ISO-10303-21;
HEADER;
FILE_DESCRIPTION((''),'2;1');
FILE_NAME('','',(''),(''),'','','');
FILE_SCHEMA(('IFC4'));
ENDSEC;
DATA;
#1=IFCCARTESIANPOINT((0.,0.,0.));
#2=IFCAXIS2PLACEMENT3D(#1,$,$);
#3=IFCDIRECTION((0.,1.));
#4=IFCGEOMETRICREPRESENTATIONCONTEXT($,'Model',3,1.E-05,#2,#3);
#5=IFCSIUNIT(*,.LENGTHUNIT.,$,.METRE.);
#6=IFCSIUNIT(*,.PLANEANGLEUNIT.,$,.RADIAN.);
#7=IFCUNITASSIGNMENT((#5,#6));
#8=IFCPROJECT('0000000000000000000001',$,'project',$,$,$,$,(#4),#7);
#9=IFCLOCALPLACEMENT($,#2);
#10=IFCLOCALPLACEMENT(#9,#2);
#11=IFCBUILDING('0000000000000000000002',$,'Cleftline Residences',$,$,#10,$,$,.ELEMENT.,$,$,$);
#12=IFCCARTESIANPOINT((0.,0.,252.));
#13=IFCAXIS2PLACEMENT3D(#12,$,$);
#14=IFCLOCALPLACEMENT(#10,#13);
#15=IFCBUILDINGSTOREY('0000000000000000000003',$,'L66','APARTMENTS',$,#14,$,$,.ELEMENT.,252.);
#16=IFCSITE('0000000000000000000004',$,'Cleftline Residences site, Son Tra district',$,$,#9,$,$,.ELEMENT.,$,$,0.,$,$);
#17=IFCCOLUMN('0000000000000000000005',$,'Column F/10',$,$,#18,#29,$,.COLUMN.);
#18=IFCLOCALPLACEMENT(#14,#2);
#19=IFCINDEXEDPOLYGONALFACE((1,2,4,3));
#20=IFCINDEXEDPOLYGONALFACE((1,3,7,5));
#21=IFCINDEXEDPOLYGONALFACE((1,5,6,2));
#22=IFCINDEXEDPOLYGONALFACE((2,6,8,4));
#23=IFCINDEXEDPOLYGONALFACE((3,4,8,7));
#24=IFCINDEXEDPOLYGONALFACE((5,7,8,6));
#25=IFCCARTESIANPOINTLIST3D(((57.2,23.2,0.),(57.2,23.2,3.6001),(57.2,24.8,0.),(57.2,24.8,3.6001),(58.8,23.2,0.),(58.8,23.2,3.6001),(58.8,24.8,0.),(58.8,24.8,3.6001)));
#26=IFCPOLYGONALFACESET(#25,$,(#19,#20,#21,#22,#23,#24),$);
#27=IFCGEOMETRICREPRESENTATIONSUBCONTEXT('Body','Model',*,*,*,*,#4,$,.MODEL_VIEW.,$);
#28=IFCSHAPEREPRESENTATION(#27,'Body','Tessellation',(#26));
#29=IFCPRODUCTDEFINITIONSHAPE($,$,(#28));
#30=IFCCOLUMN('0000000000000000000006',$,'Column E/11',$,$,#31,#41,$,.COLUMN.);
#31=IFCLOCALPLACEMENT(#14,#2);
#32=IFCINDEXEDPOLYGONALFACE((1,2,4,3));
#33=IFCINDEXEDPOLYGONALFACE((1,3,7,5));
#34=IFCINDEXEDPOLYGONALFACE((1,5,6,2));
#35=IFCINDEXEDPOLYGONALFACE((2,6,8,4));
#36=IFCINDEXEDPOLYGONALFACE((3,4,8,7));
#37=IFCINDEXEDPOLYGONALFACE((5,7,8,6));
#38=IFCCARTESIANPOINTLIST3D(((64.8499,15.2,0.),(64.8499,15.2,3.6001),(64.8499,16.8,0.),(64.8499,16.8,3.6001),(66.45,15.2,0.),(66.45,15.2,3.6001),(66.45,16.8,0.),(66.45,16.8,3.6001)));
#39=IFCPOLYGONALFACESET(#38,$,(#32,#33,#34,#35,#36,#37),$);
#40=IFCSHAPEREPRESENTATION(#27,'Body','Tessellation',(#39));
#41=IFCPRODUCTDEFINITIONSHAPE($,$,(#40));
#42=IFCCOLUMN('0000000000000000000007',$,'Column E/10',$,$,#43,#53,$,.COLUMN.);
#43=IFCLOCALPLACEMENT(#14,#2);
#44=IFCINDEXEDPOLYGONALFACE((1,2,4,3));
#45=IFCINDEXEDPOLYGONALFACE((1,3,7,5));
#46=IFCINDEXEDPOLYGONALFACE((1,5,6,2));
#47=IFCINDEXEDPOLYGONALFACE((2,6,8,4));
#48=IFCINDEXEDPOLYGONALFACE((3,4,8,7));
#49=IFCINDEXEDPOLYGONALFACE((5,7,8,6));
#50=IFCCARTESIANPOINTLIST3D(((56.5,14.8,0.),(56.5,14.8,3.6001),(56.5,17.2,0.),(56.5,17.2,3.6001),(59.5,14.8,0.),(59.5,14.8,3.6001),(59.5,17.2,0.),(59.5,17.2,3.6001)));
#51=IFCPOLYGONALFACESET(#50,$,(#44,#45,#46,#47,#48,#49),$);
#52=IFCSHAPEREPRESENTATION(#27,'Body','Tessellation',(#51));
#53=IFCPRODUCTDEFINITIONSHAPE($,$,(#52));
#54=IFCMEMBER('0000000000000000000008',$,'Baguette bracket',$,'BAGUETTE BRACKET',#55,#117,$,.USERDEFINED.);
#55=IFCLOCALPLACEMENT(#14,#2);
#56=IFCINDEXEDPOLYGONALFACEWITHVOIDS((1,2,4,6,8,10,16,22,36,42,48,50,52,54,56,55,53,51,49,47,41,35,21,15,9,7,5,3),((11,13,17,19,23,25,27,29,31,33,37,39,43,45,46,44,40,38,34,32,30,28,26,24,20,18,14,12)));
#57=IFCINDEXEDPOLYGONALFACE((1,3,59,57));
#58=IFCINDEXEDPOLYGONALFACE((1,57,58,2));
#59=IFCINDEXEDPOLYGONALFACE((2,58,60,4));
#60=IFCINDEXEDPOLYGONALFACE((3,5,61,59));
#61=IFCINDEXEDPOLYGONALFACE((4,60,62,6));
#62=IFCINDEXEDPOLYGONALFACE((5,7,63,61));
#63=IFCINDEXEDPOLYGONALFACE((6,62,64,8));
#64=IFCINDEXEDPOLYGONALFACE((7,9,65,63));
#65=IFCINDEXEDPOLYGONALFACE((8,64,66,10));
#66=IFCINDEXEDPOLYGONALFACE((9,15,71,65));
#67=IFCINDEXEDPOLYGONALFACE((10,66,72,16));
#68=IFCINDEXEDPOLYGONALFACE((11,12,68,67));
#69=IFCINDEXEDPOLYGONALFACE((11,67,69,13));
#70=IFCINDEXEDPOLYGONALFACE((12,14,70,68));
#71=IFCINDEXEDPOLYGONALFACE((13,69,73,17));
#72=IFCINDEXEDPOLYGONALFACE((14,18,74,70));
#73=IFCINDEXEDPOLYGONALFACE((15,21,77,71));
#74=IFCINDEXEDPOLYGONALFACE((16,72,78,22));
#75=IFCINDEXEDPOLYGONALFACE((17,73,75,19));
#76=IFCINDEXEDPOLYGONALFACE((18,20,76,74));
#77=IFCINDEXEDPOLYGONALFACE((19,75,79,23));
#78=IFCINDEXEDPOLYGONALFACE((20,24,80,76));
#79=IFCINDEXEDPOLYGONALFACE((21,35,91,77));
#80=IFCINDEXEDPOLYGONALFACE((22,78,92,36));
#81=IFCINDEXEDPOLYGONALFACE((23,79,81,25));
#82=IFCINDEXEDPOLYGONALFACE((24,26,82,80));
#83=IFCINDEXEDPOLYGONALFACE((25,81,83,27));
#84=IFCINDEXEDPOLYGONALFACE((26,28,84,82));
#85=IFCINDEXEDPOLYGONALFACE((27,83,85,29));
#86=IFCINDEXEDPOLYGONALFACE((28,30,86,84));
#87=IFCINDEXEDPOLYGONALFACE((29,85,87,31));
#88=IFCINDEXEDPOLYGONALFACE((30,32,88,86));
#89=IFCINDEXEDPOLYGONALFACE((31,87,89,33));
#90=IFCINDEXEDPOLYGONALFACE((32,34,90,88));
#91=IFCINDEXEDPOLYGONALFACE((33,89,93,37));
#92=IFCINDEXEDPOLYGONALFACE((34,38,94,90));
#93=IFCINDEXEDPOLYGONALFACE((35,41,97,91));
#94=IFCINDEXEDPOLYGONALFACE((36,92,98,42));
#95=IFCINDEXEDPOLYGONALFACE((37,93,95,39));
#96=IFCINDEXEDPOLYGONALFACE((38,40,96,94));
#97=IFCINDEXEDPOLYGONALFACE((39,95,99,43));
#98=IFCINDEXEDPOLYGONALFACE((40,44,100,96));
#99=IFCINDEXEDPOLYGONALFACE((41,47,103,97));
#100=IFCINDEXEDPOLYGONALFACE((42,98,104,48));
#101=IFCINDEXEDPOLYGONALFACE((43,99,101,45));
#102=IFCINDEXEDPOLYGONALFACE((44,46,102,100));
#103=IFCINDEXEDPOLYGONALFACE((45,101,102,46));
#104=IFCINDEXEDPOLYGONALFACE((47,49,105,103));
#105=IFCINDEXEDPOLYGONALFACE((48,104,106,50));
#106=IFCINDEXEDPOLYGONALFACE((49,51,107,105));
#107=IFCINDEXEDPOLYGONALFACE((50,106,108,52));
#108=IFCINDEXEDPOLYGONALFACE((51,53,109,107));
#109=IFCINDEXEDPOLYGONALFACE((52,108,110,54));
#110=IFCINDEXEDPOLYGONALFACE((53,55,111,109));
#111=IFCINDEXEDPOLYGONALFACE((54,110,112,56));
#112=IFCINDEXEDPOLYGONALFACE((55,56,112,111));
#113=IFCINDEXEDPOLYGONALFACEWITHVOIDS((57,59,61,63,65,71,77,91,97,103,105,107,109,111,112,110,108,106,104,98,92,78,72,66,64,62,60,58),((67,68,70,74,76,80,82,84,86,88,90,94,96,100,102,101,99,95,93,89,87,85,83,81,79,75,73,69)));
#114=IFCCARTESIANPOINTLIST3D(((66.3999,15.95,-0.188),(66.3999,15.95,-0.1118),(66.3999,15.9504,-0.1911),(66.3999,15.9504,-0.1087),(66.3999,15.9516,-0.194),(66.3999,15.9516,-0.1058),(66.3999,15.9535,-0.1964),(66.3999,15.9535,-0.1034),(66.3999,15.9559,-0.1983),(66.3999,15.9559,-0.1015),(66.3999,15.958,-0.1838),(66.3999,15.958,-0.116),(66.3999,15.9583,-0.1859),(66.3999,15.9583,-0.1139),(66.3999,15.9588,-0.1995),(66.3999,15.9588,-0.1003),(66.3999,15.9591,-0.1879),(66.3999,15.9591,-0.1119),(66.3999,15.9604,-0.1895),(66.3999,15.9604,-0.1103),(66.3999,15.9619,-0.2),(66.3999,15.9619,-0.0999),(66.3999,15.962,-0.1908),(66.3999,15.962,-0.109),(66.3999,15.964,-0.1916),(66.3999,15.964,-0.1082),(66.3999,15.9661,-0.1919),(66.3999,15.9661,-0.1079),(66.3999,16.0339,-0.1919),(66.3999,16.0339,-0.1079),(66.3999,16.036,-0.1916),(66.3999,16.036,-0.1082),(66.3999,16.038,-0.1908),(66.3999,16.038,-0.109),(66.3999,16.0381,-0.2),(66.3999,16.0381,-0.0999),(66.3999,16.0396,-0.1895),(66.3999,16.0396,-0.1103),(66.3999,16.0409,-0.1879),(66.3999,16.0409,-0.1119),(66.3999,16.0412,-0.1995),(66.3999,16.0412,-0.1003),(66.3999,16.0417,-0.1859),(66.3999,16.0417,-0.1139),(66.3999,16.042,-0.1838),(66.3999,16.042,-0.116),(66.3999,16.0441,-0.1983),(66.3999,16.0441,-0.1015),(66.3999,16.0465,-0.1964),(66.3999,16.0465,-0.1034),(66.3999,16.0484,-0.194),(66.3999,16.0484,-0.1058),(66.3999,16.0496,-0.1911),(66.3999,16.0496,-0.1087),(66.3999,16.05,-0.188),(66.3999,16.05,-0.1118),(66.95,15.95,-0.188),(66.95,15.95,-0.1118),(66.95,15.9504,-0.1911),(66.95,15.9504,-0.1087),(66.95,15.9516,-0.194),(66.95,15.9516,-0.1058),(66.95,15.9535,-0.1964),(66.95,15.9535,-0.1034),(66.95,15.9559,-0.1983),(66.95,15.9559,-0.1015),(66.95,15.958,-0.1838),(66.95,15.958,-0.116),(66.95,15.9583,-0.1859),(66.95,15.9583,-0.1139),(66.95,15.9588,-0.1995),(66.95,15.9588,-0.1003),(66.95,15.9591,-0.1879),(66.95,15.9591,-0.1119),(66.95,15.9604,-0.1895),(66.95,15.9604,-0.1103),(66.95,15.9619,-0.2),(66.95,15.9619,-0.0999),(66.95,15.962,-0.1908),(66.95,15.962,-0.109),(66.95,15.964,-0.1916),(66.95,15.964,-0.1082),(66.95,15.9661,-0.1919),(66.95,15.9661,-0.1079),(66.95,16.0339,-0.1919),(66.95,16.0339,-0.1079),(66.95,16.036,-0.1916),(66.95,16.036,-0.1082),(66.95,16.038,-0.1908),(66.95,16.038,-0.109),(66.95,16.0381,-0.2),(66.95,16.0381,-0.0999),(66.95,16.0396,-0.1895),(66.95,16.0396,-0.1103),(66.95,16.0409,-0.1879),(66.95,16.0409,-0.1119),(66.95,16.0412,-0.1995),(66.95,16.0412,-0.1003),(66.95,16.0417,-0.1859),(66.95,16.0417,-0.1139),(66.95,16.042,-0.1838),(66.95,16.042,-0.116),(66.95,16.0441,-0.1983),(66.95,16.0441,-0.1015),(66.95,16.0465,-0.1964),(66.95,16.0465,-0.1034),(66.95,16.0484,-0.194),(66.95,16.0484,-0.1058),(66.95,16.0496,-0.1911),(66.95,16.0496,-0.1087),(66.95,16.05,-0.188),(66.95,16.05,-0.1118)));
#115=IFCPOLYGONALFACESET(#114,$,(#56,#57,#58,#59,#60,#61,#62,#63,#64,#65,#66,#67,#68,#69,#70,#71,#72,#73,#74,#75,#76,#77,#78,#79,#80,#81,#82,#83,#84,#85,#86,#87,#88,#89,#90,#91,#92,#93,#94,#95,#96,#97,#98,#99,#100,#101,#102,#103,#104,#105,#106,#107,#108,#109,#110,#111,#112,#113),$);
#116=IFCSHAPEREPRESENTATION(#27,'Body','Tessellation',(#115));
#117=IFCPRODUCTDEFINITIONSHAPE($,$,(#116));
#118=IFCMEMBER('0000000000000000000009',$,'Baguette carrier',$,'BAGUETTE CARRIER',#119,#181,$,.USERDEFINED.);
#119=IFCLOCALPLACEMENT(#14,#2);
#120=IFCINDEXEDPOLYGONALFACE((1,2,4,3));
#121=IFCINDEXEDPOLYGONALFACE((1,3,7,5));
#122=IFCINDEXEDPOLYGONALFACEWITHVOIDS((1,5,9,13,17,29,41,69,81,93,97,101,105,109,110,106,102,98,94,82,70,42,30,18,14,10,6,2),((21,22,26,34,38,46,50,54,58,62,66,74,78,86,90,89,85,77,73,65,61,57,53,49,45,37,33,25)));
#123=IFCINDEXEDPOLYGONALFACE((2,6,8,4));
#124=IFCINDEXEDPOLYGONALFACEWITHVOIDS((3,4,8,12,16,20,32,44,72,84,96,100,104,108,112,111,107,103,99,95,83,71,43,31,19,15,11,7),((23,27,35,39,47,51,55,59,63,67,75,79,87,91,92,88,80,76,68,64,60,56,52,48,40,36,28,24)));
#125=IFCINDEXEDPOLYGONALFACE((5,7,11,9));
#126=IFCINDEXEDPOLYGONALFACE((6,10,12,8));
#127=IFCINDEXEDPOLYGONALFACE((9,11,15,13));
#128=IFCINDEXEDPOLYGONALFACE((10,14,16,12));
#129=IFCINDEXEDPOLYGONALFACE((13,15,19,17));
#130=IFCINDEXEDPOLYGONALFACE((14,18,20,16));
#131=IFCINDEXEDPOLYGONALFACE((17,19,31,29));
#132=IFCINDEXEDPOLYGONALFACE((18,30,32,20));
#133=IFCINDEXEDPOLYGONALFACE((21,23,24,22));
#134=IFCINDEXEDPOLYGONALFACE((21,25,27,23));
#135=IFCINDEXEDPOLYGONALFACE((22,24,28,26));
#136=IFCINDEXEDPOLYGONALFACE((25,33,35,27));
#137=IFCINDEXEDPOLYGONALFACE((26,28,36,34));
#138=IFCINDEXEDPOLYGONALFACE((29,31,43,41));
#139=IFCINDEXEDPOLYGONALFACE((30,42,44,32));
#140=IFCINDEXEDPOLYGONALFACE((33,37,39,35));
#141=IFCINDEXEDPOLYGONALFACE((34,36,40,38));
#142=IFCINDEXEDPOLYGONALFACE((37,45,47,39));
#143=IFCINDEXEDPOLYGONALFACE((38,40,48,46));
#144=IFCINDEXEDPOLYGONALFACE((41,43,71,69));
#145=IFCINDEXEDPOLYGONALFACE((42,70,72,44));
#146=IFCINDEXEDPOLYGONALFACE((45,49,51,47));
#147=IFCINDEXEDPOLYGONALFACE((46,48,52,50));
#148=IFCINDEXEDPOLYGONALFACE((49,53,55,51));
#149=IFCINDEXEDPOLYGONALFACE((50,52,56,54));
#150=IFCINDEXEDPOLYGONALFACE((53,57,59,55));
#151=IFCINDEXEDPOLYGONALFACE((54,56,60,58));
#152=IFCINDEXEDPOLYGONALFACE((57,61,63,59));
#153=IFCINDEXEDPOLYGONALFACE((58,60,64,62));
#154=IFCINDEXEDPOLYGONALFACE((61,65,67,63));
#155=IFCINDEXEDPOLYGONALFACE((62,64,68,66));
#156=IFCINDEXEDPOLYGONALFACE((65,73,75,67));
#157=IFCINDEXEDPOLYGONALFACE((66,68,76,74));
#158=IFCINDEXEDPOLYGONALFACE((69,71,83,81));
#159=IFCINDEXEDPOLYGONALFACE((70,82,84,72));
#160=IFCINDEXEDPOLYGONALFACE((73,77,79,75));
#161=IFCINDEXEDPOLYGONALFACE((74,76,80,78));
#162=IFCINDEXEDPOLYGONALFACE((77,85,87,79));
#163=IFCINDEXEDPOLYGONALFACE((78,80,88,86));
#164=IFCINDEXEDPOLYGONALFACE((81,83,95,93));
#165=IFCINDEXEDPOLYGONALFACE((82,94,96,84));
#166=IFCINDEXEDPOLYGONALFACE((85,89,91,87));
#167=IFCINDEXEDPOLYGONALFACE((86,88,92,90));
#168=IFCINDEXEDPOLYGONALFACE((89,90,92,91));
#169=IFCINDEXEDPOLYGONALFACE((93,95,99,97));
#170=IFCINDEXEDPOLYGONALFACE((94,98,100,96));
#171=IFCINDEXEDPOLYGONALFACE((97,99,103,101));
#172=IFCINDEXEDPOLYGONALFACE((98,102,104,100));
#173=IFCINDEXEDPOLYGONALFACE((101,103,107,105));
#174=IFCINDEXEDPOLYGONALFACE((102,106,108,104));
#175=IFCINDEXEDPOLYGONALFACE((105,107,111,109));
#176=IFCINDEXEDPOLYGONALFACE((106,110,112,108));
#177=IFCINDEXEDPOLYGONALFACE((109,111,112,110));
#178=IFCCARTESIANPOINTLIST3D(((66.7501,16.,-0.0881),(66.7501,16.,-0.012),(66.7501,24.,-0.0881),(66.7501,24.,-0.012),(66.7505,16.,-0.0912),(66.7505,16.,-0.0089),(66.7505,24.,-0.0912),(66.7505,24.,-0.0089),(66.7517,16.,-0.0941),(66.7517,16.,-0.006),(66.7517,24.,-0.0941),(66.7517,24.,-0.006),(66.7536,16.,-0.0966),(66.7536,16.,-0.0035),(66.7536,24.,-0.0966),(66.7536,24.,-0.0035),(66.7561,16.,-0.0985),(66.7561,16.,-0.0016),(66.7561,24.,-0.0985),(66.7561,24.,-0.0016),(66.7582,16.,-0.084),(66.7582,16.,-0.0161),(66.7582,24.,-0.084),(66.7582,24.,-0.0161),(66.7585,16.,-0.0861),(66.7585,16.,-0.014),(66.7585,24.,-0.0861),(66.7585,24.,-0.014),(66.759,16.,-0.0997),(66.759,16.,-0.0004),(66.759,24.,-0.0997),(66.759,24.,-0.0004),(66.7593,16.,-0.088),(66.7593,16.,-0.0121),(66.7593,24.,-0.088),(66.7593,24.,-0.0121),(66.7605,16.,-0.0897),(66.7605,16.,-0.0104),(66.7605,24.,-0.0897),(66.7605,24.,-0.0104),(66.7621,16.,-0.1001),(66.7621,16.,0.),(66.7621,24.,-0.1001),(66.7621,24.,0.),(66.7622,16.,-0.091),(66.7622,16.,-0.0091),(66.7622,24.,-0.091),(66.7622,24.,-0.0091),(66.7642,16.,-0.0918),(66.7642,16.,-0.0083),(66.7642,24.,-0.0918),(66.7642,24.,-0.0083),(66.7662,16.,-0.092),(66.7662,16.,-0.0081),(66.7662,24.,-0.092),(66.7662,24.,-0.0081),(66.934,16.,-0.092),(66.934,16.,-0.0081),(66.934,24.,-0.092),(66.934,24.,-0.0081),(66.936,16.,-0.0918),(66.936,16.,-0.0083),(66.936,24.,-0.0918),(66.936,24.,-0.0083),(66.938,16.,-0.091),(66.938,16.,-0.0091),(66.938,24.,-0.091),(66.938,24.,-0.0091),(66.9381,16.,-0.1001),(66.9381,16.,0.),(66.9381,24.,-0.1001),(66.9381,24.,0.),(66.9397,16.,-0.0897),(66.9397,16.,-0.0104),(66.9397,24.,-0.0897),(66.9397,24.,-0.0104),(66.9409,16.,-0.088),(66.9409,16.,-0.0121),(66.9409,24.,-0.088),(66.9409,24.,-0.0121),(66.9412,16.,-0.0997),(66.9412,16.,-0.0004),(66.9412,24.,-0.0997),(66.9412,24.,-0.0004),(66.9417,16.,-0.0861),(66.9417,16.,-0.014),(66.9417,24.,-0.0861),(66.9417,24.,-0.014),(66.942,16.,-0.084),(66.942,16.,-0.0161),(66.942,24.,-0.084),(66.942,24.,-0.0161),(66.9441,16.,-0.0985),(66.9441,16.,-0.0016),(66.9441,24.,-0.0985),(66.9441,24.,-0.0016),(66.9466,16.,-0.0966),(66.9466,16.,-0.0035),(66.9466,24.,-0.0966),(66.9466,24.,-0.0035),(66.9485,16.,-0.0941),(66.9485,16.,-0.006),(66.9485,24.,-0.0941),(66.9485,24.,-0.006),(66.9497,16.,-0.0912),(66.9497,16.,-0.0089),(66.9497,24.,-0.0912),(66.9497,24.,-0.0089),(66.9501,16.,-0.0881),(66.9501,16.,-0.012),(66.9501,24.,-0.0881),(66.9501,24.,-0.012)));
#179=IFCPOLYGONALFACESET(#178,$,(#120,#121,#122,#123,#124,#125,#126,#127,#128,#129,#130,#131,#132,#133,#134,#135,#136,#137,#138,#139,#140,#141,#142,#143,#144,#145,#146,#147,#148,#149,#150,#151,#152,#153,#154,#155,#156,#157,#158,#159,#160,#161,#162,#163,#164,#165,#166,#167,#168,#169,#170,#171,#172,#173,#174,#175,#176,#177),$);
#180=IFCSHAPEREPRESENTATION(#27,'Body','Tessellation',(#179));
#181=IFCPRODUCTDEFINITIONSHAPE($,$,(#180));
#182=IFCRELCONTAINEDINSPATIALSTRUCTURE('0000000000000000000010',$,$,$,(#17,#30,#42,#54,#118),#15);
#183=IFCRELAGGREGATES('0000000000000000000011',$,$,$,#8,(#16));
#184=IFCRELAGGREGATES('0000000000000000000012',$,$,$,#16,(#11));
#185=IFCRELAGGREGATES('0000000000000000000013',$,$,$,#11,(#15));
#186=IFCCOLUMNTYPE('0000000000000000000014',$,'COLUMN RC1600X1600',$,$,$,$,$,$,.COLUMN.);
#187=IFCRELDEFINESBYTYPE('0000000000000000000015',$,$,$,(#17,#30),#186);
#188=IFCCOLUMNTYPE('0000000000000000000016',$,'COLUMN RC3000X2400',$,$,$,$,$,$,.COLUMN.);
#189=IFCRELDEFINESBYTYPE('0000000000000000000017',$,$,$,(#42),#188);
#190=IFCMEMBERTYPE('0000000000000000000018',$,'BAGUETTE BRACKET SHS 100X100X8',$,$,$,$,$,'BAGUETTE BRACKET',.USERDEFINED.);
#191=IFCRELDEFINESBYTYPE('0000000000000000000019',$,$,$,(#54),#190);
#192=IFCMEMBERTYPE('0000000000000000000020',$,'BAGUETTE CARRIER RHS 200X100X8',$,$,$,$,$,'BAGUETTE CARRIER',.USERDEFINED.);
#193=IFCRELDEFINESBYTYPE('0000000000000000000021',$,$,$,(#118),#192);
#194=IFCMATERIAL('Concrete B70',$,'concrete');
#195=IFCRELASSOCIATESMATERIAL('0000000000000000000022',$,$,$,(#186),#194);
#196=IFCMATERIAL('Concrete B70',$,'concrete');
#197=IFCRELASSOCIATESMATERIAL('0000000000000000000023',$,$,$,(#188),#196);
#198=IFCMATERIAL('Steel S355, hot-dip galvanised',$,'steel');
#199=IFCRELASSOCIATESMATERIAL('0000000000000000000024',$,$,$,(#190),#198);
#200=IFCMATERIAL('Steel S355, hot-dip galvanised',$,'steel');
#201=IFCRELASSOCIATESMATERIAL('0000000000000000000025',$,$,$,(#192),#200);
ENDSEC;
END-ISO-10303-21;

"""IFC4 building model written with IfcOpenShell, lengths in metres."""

from ifc_helpers import new_model, si_unit, direction, frame, origin, origin_2d, place, context, subcontext, project, spatial, rectangle, hollow_rectangle, extrude, material, material_profile, profile_set, type_object, element, save


model = new_model("IFC4")

# Units and contexts
model_context = context("Model", 3, precision=1e-05, world=origin(), true_north=direction((0.0, 1.0)))
body_context = subcontext(model_context, "Body", "Model", "MODEL_VIEW")
ifc_project = project(units=[si_unit("LENGTHUNIT", "METRE"), si_unit("PLANEANGLEUNIT", "RADIAN")], contexts=[model_context])

# Site, building, storey
site_placement = place(None, origin())
site = spatial("IfcSite", under=ifc_project, at=site_placement, Name="Cleftline Residences site, Son Tra district", CompositionType="ELEMENT", RefElevation=0.0)
building_placement = place(site_placement, origin())
building = spatial("IfcBuilding", under=site, at=building_placement, Name="Cleftline Residences", CompositionType="ELEMENT")
storey_placement = place(building_placement, frame((0.0, 0.0, 252.0)))
storey = spatial("IfcBuildingStorey", under=building, at=storey_placement, Name="L66", Description="APARTMENTS", CompositionType="ELEMENT", Elevation=252.0)

# Columns
ifc_material_1 = material(Name="Concrete B70", Category="concrete")
ifc_material_profile_1 = material_profile(ifc_material_1, rectangle(XDim=1.6001, YDim=1.6001, at=origin_2d()))
ifc_profile_set_1 = profile_set([ifc_material_profile_1], Name="Concrete B70")
column_type_1 = type_object("IfcColumnType", Name="COLUMN RC1600X1600", PredefinedType="COLUMN", material=ifc_profile_set_1)
for number, where, z_axis, x_axis, name in (
    (1, (58.0, 24.0, 0.0), (0.0, 0.0, 1.0), (1.0, 0.0, 0.0), "Column F/10"),
    (2, (65.6499, 16.0, 0.0), (0.0, 0.0, 1.0), (1.0, 0.0, 0.0), "Column E/11"),
):
    element("IfcColumn", number, at=place(storey_placement, frame(where, z_axis=z_axis, x_axis=x_axis)), inside=storey, type_object=column_type_1, Name=name, PredefinedType="COLUMN", context=body_context, shape_type="SweptSolid", body=[
        extrude(rectangle(XDim=1.6001, YDim=1.6001, at=origin_2d()), origin(), (0.0, 0.0, 1.0), 3.6001),
    ])
ifc_material_2 = material(Name="Concrete B70", Category="concrete")
ifc_material_profile_2 = material_profile(ifc_material_2, rectangle(XDim=3.0, YDim=2.3999, at=origin_2d()))
ifc_profile_set_2 = profile_set([ifc_material_profile_2], Name="Concrete B70")
column_type_2 = type_object("IfcColumnType", Name="COLUMN RC3000X2400", PredefinedType="COLUMN", material=ifc_profile_set_2)
column_placement = place(storey_placement, frame((58.0, 16.0, 0.0), z_axis=(0.0, 0.0, 1.0), x_axis=(1.0, 0.0, 0.0)))
element("IfcColumn", 3, at=column_placement, inside=storey, type_object=column_type_2, Name="Column E/10", PredefinedType="COLUMN", context=body_context, shape_type="SweptSolid", body=[
    extrude(rectangle(XDim=3.0, YDim=2.3999, at=origin_2d()), origin(), (0.0, 0.0, 1.0), 3.6001),
])

# Members
ifc_material_3 = material(Name="Steel S355, hot-dip galvanised", Category="steel")
ifc_material_profile_3 = material_profile(ifc_material_3, hollow_rectangle(XDim=0.1001, YDim=0.1001, WallThickness=0.0081, InnerFilletRadius=0.0081, OuterFilletRadius=0.012, at=origin_2d()))
ifc_profile_set_3 = profile_set([ifc_material_profile_3], Name="Steel S355, hot-dip galvanised")
member_type_1 = type_object("IfcMemberType", Name="BAGUETTE BRACKET SHS 100X100X8", ElementType="BAGUETTE BRACKET", PredefinedType="USERDEFINED", material=ifc_profile_set_3)
member_1_placement = place(storey_placement, frame((66.3999, 16.0, -0.1499), z_axis=(1.0, 0.0, 0.0), x_axis=(0.0, 1.0, 0.0)))
element("IfcMember", 4, at=member_1_placement, inside=storey, type_object=member_type_1, Name="Baguette bracket", ObjectType="BAGUETTE BRACKET", PredefinedType="USERDEFINED", context=body_context, shape_type="SweptSolid", body=[
    extrude(hollow_rectangle(XDim=0.1001, YDim=0.1001, WallThickness=0.0081, InnerFilletRadius=0.0081, OuterFilletRadius=0.012, at=origin_2d()), origin(), (0.0, 0.0, 1.0), 0.55),
])
ifc_material_4 = material(Name="Steel S355, hot-dip galvanised", Category="steel")
ifc_material_profile_4 = material_profile(ifc_material_4, hollow_rectangle(XDim=0.1001, YDim=0.2, WallThickness=0.0081, InnerFilletRadius=0.0081, OuterFilletRadius=0.012, at=origin_2d()))
ifc_profile_set_4 = profile_set([ifc_material_profile_4], Name="Steel S355, hot-dip galvanised")
member_type_2 = type_object("IfcMemberType", Name="BAGUETTE CARRIER RHS 200X100X8", ElementType="BAGUETTE CARRIER", PredefinedType="USERDEFINED", material=ifc_profile_set_4)
member_2_placement = place(storey_placement, frame((66.8501, 16.0, -0.05), z_axis=(0.0, 1.0, 0.0), x_axis=(0.0, 0.0, 1.0)))
element("IfcMember", 5, at=member_2_placement, inside=storey, type_object=member_type_2, Name="Baguette carrier", ObjectType="BAGUETTE CARRIER", PredefinedType="USERDEFINED", context=body_context, shape_type="SweptSolid", body=[
    extrude(hollow_rectangle(XDim=0.1001, YDim=0.2, WallThickness=0.0081, InnerFilletRadius=0.0081, OuterFilletRadius=0.012, at=origin_2d()), origin(), (0.0, 0.0, 1.0), 8.0),
])

save(model, "model.ifc")
